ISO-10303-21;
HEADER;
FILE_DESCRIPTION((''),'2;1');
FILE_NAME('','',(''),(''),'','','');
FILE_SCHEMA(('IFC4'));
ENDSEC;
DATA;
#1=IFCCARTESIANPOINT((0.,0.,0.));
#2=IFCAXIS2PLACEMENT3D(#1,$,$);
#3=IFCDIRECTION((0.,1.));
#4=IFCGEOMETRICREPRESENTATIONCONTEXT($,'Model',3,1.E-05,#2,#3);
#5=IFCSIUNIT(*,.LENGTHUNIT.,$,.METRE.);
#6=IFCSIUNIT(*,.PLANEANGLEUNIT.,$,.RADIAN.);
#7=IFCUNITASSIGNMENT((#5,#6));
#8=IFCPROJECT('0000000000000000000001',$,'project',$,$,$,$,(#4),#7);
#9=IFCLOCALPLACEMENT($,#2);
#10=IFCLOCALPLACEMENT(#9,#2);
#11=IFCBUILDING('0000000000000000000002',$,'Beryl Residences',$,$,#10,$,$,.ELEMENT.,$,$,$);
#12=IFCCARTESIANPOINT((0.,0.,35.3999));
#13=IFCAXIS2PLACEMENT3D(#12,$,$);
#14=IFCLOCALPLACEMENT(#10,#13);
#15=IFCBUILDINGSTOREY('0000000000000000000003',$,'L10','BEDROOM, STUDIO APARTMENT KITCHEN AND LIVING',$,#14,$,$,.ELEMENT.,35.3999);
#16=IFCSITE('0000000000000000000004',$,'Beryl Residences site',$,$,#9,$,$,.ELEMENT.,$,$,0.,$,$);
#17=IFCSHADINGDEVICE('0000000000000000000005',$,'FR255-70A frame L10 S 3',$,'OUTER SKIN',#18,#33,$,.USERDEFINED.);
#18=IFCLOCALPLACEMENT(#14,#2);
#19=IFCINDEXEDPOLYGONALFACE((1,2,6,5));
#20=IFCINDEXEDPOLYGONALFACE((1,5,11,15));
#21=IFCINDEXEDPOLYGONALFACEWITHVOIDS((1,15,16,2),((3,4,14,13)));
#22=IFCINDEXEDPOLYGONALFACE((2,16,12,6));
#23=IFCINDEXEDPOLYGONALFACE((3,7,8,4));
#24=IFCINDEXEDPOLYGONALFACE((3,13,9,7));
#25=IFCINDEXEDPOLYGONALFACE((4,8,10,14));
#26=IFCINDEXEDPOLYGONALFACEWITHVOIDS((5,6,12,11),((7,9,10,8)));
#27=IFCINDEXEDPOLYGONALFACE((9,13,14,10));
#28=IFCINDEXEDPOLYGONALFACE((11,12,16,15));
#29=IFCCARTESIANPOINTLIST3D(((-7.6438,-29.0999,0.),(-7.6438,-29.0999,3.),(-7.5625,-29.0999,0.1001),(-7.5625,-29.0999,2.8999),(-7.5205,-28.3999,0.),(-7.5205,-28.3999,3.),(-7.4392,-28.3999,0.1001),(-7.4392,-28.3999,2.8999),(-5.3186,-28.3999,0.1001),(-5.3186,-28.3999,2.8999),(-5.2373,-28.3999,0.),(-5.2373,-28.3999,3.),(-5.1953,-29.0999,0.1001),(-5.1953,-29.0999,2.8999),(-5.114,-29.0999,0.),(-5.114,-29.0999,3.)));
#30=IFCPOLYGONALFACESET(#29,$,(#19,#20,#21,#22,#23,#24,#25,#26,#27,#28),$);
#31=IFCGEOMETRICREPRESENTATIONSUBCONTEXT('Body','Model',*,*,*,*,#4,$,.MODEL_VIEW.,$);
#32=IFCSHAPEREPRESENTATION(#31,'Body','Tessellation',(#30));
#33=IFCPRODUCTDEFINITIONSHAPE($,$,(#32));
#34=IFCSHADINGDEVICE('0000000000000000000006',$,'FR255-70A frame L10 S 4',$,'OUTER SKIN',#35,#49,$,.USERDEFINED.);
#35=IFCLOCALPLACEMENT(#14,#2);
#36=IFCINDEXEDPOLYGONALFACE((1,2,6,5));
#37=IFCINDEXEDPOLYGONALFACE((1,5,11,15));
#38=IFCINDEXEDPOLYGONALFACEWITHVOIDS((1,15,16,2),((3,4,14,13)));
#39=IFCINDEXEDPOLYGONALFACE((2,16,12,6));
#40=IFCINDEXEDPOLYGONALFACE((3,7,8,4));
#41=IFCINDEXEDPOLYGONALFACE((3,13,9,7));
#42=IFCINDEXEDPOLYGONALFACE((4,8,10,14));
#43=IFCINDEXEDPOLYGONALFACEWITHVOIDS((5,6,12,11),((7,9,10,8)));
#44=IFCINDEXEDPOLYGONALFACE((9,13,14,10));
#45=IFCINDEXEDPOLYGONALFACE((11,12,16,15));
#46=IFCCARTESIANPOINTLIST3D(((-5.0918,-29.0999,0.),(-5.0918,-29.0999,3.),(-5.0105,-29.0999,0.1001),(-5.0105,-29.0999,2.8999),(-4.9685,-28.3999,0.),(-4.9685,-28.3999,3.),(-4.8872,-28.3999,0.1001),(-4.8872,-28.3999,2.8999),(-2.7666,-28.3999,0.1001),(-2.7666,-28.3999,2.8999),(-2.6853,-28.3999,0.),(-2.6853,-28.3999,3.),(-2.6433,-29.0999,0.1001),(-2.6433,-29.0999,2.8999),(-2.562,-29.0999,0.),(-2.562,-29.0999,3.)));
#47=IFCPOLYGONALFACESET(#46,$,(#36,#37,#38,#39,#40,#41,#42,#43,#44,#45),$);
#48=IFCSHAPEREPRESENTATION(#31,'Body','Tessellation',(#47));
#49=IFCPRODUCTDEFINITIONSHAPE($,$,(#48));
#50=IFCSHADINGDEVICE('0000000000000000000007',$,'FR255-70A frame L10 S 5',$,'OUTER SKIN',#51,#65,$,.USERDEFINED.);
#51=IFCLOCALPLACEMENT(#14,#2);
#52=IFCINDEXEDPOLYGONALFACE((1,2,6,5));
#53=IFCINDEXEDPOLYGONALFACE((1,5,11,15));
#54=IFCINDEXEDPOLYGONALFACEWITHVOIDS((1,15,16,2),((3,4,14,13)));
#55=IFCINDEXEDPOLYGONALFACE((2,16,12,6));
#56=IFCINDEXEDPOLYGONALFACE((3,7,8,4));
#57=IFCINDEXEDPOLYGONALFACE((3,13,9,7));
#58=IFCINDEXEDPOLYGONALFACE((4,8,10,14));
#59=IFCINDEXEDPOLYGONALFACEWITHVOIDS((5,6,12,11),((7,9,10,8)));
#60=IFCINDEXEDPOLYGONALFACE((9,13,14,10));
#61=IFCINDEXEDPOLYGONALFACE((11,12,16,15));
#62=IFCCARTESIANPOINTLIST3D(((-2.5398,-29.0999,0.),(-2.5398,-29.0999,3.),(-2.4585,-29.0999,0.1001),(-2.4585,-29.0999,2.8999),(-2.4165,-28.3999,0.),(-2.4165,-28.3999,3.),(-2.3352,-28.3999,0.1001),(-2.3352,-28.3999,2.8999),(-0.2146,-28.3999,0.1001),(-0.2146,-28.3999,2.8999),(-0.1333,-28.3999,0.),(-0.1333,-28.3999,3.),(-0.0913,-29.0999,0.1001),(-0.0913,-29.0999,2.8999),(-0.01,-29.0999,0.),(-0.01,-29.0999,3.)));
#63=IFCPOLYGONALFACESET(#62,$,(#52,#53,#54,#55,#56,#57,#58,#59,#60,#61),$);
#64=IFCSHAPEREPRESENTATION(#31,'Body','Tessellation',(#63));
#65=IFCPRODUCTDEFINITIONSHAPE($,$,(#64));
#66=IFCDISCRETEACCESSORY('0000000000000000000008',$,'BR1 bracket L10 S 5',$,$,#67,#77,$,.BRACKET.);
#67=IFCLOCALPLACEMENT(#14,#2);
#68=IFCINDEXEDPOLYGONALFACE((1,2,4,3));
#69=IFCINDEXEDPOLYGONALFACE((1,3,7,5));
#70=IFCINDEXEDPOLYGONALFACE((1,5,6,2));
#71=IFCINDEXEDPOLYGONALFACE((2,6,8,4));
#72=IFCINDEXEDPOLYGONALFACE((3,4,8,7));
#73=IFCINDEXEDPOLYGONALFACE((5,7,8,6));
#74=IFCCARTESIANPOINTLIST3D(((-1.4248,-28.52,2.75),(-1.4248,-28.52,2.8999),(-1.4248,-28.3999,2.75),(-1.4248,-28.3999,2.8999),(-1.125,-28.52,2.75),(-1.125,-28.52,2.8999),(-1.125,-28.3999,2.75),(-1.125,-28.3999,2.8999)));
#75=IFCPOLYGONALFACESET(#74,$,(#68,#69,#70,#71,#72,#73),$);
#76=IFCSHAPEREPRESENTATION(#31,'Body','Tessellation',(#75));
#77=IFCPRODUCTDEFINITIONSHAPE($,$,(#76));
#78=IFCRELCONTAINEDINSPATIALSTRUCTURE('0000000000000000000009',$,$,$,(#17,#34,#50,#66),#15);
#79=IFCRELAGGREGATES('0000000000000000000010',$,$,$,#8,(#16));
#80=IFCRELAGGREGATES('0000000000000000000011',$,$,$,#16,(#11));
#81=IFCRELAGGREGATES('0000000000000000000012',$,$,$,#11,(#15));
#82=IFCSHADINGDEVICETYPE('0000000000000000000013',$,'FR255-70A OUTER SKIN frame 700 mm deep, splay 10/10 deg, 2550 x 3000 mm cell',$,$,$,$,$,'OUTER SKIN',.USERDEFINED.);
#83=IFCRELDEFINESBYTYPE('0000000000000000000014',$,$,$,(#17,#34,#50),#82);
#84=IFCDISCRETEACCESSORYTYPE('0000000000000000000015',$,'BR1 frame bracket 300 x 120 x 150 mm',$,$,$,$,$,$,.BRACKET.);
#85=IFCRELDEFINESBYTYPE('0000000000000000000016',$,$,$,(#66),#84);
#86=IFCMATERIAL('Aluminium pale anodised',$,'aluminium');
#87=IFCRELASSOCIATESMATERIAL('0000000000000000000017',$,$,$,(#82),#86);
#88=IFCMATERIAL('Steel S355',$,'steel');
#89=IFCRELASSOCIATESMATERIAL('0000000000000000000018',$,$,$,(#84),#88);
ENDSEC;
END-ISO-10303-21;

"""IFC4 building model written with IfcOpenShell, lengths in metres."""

from ifc_helpers import new_model, entity, si_unit, direction, frame, origin, place, context, subcontext, project, spatial, polyline, outline, extrude, source, transform, mapped, material, type_object, type_shapes, element, save


model = new_model("IFC4")

# Units and contexts
model_context = context("Model", 3, precision=1e-05, world=origin(), true_north=direction((0.0, 1.0)))
body_context = subcontext(model_context, "Body", "Model", "MODEL_VIEW")
ifc_project = project(units=[si_unit("LENGTHUNIT", "METRE"), si_unit("PLANEANGLEUNIT", "RADIAN")], contexts=[model_context])

# Site, building, storey
site_placement = place(None, origin())
site = spatial("IfcSite", under=ifc_project, at=site_placement, Name="Beryl Residences site", CompositionType="ELEMENT", RefElevation=0.0)
building_placement = place(site_placement, origin())
building = spatial("IfcBuilding", under=site, at=building_placement, Name="Beryl Residences", CompositionType="ELEMENT")
storey_placement = place(building_placement, frame((0.0, 0.0, 35.3999)))
storey = spatial("IfcBuildingStorey", under=building, at=storey_placement, Name="L10", Description="BEDROOM, STUDIO APARTMENT KITCHEN AND LIVING", CompositionType="ELEMENT", Elevation=35.3999)

# Shading devices
ifc_material_1 = material(Name="Aluminium pale anodised", Category="aluminium")
shading_device_type = type_object("IfcShadingDeviceType", Name="FR255-70A OUTER SKIN frame 700 mm deep, splay 10/10 deg, 2550 x 3000 mm cell", ElementType="OUTER SKIN", PredefinedType="USERDEFINED", material=ifc_material_1)
cartesian_point_1 = entity("IfcCartesianPoint", [-1.1416, 0.0])
cartesian_point_2 = entity("IfcCartesianPoint", [-1.0603, 0.1001])
cartesian_point_3 = entity("IfcCartesianPoint", [-1.2649, 0.0])
cartesian_point_4 = entity("IfcCartesianPoint", [-1.1836, 0.1001])
shared_shape_1 = source(origin(), body_context, "Body", "SweptSolid", [
    entity("IfcExtrudedAreaSolidTapered", entity("IfcArbitraryProfileDefWithVoids", "AREA", None, entity("IfcPolyline", [cartesian_point_1, entity("IfcCartesianPoint", [1.1416, 0.0]), entity("IfcCartesianPoint", [1.1416, 3.0]), entity("IfcCartesianPoint", [-1.1416, 3.0]), cartesian_point_1]), [entity("IfcPolyline", [cartesian_point_2, entity("IfcCartesianPoint", [1.0603, 0.1001]), entity("IfcCartesianPoint", [1.0603, 2.8999]), entity("IfcCartesianPoint", [-1.0603, 2.8999]), cartesian_point_2])]), entity("IfcAxis2Placement3D", entity("IfcCartesianPoint", [0.0, 0.0, 0.0]), entity("IfcDirection", [0.0, 1.0, 0.0]), entity("IfcDirection", [-1.0, 0.0, 0.0])), entity("IfcDirection", [0.0, 0.0, 1.0]), 0.7, entity("IfcArbitraryProfileDefWithVoids", "AREA", None, entity("IfcPolyline", [cartesian_point_3, entity("IfcCartesianPoint", [1.2649, 0.0]), entity("IfcCartesianPoint", [1.2649, 3.0]), entity("IfcCartesianPoint", [-1.2649, 3.0]), cartesian_point_3]), [entity("IfcPolyline", [cartesian_point_4, entity("IfcCartesianPoint", [1.1836, 0.1001]), entity("IfcCartesianPoint", [1.1836, 2.8999]), entity("IfcCartesianPoint", [-1.1836, 2.8999]), cartesian_point_4])])),
])
type_shapes(shading_device_type, [shared_shape_1])
for number, where, z_axis, x_axis, name in (
    (1, (-6.3789, -28.3999, 0.0), (0.0, 0.0, 1.0), (-1.0, 0.0, 0.0), "FR255-70A frame L10 S 3"),
    (2, (-3.8269, -28.3999, 0.0), (0.0, 0.0, 1.0), (-1.0, 0.0, 0.0), "FR255-70A frame L10 S 4"),
    (3, (-1.2749, -28.3999, 0.0), (0.0, 0.0, 1.0), (-1.0, 0.0, 0.0), "FR255-70A frame L10 S 5"),
):
    element("IfcShadingDevice", number, at=place(storey_placement, frame(where, z_axis=z_axis, x_axis=x_axis)), inside=storey, type_object=shading_device_type, Name=name, ObjectType="OUTER SKIN", PredefinedType="USERDEFINED", context=body_context, shape_type="MappedRepresentation", body=[
        mapped(shared_shape_1, transform((0.0, 0.0, 0.0))),
    ])

# Discrete accessory
ifc_material_2 = material(Name="Steel S355", Category="steel")
discrete_accessory_type = type_object("IfcDiscreteAccessoryType", Name="BR1 frame bracket 300 x 120 x 150 mm", PredefinedType="BRACKET", material=ifc_material_2)
shared_shape_2 = source(origin(), body_context, "Body", "SweptSolid", [
    extrude(outline(polyline([(-0.1499, 0.0), (0.1499, 0.0), (0.1499, 0.1201), (-0.1499, 0.1201), (-0.1499, 0.0)])), origin(), (0.0, 0.0, 1.0), 0.1499),
])
type_shapes(discrete_accessory_type, [shared_shape_2])
discrete_accessory_placement = place(storey_placement, frame((-1.2749, -28.3999, 2.75), z_axis=(0.0, 0.0, 1.0), x_axis=(-1.0, 0.0, 0.0)))
element("IfcDiscreteAccessory", 4, at=discrete_accessory_placement, inside=storey, type_object=discrete_accessory_type, Name="BR1 bracket L10 S 5", PredefinedType="BRACKET", context=body_context, shape_type="MappedRepresentation", body=[
    mapped(shared_shape_2, transform((0.0, 0.0, 0.0))),
])

save(model, "model.ifc")
